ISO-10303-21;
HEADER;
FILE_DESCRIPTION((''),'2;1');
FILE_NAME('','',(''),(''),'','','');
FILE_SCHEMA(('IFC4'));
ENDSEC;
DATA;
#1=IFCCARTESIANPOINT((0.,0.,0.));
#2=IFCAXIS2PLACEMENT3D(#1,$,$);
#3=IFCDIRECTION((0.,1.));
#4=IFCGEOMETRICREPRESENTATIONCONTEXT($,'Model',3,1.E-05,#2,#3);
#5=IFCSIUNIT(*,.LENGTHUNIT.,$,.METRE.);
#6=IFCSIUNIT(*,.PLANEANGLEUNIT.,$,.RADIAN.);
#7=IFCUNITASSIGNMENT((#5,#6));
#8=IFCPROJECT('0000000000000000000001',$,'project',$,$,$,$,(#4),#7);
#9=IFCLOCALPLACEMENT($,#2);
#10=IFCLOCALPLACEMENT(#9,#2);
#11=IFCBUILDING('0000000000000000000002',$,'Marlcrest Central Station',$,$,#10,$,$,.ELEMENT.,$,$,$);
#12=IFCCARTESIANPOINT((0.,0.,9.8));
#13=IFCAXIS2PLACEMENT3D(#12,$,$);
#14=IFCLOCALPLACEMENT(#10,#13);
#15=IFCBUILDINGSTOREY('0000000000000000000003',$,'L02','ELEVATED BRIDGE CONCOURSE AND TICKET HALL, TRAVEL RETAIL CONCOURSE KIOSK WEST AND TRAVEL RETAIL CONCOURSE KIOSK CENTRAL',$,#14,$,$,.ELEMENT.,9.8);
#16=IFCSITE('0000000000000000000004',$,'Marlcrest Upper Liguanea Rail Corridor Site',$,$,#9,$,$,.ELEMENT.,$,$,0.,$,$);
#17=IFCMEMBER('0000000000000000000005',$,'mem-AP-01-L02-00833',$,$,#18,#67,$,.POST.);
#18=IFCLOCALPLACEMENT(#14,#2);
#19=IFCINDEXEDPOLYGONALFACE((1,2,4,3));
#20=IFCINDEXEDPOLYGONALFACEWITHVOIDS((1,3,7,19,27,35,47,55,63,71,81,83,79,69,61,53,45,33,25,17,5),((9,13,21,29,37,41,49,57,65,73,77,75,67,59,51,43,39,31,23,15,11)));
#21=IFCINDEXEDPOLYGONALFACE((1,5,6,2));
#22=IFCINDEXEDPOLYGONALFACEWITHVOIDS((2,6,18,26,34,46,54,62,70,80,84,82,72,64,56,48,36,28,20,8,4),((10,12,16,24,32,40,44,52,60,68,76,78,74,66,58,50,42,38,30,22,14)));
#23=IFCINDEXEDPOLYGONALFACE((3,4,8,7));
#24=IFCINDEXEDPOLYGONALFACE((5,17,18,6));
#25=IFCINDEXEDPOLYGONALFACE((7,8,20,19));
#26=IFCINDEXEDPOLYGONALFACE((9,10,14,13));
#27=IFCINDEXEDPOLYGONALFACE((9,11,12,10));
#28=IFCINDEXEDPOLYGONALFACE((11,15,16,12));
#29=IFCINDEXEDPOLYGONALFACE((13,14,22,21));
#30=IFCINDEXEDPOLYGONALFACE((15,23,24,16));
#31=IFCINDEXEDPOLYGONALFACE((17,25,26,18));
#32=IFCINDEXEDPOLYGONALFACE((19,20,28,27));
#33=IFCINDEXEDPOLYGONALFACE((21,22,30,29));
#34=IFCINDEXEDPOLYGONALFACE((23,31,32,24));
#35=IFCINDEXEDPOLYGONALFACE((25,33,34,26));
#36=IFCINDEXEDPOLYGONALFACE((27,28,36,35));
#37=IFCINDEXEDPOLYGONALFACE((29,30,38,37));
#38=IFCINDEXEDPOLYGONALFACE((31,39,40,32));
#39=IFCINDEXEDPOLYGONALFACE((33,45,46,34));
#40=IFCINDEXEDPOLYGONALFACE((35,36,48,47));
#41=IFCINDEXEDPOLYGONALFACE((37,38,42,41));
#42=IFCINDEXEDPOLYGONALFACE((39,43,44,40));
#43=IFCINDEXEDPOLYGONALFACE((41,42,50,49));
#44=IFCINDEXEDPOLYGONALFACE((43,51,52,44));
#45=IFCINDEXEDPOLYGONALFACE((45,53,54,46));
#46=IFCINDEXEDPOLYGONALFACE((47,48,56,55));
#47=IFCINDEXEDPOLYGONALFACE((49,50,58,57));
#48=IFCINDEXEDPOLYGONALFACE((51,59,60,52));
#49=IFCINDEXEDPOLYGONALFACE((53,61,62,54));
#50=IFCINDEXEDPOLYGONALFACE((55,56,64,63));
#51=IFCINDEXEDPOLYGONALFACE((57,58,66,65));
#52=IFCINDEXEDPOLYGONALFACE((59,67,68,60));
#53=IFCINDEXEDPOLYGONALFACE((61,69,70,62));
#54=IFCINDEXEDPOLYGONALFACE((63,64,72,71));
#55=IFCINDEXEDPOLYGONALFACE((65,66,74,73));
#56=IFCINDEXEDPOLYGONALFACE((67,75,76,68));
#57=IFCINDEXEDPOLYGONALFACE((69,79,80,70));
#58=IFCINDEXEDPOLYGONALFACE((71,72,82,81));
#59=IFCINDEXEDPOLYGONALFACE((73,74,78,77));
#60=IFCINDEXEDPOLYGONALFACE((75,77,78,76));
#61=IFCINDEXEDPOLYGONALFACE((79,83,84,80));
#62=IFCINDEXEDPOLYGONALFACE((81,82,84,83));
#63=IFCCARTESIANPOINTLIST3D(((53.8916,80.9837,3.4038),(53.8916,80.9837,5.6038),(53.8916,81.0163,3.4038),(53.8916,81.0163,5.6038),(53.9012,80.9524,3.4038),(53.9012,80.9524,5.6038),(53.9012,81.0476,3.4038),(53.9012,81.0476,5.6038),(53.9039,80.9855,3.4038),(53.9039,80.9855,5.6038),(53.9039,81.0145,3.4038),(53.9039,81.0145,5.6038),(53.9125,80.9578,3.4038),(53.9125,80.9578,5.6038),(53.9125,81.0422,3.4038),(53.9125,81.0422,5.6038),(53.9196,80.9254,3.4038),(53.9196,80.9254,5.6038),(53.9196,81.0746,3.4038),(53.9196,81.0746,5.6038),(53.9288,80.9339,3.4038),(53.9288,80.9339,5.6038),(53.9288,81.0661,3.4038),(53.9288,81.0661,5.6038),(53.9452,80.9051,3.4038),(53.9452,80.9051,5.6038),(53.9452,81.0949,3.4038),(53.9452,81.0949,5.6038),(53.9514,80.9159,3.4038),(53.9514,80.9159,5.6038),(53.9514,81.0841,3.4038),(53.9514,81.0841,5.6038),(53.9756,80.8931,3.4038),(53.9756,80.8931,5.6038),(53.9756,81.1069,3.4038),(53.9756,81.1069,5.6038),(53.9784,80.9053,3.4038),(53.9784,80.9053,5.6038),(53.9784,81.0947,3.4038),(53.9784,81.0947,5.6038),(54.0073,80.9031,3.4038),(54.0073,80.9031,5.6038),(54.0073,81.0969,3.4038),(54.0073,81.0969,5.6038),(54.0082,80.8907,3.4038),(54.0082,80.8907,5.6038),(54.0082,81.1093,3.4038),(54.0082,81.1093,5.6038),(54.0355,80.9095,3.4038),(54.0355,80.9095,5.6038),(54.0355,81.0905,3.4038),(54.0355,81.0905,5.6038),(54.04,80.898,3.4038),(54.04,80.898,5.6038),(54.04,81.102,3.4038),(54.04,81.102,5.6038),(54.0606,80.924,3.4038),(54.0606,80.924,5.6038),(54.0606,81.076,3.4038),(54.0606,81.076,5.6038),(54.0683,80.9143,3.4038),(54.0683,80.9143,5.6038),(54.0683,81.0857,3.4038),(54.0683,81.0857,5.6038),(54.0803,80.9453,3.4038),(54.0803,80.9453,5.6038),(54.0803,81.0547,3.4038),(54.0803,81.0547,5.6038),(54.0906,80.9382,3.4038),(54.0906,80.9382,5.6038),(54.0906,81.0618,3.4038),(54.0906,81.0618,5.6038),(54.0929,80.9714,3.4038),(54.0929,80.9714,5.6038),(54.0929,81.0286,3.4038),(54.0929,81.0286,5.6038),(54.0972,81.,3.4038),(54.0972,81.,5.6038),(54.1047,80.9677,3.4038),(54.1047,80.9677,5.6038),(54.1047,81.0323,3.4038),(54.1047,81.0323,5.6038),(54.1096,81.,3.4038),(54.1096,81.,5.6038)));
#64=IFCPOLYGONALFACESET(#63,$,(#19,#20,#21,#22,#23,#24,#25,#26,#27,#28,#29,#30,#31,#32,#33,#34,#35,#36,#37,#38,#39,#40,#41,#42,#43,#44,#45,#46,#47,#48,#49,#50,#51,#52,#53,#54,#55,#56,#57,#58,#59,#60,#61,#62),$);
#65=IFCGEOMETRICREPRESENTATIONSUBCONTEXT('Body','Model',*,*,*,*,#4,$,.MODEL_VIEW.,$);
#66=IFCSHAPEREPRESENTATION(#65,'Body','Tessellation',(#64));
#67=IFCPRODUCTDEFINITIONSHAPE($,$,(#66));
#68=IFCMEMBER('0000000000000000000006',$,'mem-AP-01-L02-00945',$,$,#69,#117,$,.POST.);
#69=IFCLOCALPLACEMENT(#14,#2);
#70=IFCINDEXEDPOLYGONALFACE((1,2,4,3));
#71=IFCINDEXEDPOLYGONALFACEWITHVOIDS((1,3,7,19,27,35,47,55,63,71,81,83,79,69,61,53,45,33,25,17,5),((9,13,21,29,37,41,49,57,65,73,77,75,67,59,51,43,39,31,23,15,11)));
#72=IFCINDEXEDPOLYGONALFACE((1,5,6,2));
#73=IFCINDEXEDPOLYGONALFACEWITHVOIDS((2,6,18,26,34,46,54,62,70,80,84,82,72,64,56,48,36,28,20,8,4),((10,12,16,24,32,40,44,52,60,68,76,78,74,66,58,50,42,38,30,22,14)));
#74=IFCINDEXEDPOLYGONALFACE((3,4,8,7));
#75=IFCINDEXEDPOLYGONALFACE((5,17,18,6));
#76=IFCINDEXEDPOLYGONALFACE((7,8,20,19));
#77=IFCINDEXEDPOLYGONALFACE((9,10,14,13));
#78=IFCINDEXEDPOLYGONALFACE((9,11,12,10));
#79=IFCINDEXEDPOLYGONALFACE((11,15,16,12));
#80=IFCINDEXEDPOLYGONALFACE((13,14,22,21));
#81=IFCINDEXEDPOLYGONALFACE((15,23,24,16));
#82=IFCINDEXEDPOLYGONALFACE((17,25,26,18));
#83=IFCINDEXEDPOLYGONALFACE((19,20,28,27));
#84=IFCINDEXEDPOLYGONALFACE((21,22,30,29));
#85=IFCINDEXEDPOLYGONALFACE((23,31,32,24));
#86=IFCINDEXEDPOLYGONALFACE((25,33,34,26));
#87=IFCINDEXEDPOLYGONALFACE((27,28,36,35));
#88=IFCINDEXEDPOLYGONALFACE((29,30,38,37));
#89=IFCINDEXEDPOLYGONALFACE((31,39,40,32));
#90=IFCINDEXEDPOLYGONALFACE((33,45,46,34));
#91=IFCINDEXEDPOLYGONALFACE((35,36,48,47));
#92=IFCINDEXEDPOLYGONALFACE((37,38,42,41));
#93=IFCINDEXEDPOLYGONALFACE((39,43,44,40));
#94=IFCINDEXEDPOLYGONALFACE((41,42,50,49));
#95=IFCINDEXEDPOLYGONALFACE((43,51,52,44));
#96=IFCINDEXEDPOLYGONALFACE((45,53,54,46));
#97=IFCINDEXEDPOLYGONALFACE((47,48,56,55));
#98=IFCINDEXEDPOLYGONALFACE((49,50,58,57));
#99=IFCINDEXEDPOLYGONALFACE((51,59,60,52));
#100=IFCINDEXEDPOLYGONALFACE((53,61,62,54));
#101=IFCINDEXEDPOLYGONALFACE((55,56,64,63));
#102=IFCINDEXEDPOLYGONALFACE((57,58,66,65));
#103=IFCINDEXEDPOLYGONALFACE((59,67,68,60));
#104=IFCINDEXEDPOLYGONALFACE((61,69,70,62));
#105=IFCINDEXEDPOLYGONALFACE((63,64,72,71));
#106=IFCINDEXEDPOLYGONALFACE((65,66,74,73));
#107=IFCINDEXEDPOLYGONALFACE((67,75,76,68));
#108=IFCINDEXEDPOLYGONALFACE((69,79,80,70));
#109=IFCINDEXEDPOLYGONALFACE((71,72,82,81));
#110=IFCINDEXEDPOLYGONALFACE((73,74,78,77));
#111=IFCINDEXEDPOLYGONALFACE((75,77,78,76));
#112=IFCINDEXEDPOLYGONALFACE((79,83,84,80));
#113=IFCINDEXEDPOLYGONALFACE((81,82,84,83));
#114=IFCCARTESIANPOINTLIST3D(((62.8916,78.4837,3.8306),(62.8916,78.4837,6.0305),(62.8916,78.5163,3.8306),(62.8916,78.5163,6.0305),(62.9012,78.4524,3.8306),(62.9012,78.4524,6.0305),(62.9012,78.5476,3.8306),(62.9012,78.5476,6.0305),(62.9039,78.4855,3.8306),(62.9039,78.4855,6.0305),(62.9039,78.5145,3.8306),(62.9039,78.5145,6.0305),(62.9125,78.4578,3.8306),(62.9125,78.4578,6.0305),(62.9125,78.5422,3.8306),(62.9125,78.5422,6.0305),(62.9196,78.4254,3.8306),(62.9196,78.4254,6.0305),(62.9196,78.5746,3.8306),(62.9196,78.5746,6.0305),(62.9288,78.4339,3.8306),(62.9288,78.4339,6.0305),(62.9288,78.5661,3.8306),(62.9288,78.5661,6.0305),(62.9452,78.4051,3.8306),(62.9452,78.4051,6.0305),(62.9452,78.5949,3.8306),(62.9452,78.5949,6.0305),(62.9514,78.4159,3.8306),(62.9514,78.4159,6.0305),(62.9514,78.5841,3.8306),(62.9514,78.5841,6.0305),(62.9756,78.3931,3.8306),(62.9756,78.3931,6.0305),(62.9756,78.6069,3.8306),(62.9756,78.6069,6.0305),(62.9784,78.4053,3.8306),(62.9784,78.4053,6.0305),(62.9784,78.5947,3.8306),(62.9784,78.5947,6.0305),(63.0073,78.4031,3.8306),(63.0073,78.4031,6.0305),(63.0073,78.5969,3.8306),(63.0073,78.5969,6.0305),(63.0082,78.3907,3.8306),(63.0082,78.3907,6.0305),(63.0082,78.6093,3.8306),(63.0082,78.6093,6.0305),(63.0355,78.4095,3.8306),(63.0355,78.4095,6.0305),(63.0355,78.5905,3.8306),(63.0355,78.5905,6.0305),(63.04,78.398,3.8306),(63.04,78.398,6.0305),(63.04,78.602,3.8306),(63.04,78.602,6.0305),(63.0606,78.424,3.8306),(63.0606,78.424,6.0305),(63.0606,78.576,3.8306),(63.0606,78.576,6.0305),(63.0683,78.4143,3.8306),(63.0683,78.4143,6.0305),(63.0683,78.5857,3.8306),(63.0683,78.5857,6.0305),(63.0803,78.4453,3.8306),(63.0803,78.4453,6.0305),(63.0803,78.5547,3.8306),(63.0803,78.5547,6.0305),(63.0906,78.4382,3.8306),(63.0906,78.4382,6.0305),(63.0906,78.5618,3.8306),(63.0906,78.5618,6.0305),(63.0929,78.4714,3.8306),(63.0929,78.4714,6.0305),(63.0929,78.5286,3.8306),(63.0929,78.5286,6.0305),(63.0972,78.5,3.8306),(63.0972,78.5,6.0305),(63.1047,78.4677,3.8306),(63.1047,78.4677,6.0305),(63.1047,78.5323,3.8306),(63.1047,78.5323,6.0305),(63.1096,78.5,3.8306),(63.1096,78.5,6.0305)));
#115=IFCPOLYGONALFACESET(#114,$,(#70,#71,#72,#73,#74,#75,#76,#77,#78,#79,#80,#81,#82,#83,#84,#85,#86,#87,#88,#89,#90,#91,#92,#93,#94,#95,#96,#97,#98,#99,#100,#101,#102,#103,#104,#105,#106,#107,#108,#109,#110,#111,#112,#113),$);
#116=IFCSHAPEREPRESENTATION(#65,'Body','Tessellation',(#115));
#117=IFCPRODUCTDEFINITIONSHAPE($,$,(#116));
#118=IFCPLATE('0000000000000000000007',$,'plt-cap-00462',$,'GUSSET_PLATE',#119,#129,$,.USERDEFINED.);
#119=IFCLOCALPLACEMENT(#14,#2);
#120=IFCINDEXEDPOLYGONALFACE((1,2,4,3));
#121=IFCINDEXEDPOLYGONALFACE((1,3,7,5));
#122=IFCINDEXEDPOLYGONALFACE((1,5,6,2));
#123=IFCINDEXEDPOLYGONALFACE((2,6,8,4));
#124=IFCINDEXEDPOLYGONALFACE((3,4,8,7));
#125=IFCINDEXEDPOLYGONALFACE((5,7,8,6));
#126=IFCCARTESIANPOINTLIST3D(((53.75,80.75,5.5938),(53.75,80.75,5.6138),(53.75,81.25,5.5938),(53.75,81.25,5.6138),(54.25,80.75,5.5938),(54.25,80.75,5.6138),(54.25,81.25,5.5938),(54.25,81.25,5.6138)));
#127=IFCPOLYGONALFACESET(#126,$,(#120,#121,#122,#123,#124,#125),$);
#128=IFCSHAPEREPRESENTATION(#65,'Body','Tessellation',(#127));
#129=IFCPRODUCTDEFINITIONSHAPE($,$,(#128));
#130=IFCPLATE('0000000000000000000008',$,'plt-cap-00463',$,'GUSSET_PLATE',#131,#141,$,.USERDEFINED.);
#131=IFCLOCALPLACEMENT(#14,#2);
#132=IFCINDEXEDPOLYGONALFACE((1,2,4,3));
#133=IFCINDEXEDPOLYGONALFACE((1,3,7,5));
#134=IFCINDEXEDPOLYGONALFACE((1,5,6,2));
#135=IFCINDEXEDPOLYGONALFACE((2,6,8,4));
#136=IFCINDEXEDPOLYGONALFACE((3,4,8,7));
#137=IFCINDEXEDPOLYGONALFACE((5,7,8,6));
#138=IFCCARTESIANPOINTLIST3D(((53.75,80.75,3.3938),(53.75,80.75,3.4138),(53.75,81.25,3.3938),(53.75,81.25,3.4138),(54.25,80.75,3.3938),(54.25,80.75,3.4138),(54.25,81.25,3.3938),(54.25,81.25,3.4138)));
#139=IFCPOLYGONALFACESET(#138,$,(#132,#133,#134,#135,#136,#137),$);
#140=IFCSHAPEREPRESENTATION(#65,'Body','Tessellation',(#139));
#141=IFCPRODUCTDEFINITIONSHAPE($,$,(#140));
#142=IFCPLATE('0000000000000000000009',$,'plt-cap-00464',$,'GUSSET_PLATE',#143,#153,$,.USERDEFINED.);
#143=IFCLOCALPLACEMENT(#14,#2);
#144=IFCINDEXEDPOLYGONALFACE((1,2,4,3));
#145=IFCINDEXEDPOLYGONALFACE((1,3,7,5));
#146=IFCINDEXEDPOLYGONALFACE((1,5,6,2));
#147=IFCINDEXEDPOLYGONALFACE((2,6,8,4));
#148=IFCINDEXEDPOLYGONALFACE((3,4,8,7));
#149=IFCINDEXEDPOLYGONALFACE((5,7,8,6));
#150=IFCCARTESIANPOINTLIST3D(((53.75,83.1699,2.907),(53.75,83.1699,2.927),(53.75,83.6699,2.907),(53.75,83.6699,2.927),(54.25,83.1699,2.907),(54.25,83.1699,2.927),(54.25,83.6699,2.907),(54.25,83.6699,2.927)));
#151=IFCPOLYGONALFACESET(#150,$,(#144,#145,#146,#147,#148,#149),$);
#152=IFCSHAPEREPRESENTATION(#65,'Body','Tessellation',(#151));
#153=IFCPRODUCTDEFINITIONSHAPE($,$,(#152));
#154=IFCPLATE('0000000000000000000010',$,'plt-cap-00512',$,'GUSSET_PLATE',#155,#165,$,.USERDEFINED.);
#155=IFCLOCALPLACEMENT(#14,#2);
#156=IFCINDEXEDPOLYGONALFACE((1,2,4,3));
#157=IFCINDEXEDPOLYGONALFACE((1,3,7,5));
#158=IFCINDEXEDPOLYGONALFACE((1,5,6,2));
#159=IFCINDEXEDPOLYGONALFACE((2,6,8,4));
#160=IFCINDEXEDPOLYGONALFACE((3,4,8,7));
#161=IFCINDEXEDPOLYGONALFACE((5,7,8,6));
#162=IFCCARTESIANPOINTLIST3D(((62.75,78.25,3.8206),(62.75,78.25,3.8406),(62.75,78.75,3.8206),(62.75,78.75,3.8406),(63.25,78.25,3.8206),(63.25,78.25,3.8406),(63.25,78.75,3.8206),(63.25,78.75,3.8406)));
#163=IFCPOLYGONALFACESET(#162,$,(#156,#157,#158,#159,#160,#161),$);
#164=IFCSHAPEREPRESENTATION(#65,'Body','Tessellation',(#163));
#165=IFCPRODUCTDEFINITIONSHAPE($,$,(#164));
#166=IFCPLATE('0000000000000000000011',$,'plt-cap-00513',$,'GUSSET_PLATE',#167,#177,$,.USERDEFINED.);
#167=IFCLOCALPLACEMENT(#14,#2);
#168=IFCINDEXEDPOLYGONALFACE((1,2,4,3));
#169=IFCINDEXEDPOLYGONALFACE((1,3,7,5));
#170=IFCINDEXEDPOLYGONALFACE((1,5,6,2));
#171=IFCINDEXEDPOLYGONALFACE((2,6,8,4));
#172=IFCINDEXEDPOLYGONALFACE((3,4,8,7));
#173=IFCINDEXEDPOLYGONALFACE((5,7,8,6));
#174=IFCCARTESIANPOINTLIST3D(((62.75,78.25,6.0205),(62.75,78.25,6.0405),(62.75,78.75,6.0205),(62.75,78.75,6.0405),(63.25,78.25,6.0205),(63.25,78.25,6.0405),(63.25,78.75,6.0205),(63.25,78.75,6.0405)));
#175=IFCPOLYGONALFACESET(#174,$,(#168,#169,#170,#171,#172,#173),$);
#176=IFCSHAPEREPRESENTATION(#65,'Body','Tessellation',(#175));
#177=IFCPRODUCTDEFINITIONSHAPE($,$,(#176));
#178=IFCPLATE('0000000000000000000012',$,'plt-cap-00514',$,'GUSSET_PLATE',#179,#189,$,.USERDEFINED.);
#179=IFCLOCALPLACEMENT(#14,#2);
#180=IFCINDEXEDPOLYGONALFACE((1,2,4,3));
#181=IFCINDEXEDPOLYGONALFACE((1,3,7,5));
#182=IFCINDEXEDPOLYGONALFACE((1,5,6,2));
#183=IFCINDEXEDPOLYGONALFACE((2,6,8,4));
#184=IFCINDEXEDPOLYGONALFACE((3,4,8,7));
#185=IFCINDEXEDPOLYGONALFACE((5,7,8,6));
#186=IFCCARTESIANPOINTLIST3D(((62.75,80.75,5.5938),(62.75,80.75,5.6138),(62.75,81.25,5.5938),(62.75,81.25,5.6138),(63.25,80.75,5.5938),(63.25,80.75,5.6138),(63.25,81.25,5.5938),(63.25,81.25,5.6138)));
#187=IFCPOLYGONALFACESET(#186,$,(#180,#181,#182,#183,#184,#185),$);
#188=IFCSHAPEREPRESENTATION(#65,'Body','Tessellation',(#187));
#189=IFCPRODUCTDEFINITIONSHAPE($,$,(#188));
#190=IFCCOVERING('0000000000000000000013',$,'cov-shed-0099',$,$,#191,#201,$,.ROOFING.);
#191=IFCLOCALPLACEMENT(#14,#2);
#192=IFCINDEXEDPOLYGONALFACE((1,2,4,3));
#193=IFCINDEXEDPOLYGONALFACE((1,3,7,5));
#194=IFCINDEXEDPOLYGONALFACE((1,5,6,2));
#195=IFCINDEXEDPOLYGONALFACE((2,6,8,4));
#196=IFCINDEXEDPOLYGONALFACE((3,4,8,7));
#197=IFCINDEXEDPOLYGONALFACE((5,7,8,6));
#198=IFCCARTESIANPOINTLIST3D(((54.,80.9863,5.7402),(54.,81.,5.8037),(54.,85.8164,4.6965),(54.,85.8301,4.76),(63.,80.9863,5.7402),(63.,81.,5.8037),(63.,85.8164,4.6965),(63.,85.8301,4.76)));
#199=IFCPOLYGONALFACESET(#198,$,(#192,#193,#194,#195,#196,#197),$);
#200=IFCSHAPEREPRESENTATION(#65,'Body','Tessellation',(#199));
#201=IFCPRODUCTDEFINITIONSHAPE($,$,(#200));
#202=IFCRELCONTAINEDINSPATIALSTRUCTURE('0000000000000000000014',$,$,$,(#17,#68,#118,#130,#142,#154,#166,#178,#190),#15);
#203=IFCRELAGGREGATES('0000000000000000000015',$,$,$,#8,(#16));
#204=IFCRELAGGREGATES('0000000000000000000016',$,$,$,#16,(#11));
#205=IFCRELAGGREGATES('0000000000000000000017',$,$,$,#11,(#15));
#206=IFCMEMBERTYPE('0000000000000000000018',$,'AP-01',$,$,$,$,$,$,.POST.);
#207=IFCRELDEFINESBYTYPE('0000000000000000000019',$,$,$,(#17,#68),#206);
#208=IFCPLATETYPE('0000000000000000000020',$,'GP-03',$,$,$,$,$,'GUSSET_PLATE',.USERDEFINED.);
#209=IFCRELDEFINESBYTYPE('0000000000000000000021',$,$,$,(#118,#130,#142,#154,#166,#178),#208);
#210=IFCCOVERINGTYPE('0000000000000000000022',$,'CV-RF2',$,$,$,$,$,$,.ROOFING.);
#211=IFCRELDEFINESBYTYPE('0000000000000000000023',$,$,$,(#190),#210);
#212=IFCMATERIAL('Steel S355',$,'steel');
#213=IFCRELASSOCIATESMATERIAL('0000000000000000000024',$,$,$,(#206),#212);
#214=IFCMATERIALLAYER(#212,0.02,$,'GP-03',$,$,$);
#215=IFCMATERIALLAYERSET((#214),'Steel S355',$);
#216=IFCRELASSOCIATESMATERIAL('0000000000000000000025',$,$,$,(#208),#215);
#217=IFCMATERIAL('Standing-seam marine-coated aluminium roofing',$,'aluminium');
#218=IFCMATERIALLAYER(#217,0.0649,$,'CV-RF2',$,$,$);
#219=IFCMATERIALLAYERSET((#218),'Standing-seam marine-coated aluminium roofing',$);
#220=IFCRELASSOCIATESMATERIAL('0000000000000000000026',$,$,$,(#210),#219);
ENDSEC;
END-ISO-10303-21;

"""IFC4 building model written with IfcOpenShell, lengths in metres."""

from ifc_helpers import new_model, si_unit, direction, frame, origin, origin_2d, place, context, subcontext, project, spatial, polyline, rectangle, hollow_circle, outline, extrude, material, layer, layer_set, material_profile, profile_set, type_object, element, save


model = new_model("IFC4")

# Units and contexts
model_context = context("Model", 3, precision=1e-05, world=origin(), true_north=direction((0.0, 1.0)))
body_context = subcontext(model_context, "Body", "Model", "MODEL_VIEW")
ifc_project = project(units=[si_unit("LENGTHUNIT", "METRE"), si_unit("PLANEANGLEUNIT", "RADIAN")], contexts=[model_context])

# Site, building, storey
site_placement = place(None, origin())
site = spatial("IfcSite", under=ifc_project, at=site_placement, Name="Marlcrest Upper Liguanea Rail Corridor Site", CompositionType="ELEMENT", RefElevation=0.0)
building_placement = place(site_placement, origin())
building = spatial("IfcBuilding", under=site, at=building_placement, Name="Marlcrest Central Station", CompositionType="ELEMENT")
storey_placement = place(building_placement, frame((0.0, 0.0, 9.8)))
storey = spatial("IfcBuildingStorey", under=building, at=storey_placement, Name="L02", Description="ELEVATED BRIDGE CONCOURSE AND TICKET HALL, TRAVEL RETAIL CONCOURSE KIOSK WEST AND TRAVEL RETAIL CONCOURSE KIOSK CENTRAL", CompositionType="ELEMENT", Elevation=9.8)

# Members
ifc_material_1 = material(Name="Steel S355", Category="steel")
ifc_material_profile_1 = material_profile(ifc_material_1, hollow_circle(Radius=0.1096, WallThickness=0.0125, at=origin_2d()), Name="CHS 219.1x12.5")
ifc_profile_set_1 = profile_set([ifc_material_profile_1], Name="Steel S355")
member_type_1 = type_object("IfcMemberType", Name="AP-01", PredefinedType="POST", material=ifc_profile_set_1)
for number, where, z_axis, x_axis, name in (
    (1, (54.0, 81.0, 3.4038), (0.0, 0.0, 1.0), (1.0, 0.0, 0.0), "mem-AP-01-L02-00833"),
    (2, (63.0, 78.5, 3.8306), (0.0, 0.0, 1.0), (1.0, 0.0, 0.0), "mem-AP-01-L02-00945"),
):
    element("IfcMember", number, at=place(storey_placement, frame(where, z_axis=z_axis, x_axis=x_axis)), inside=storey, type_object=member_type_1, Name=name, PredefinedType="POST", context=body_context, shape_type="SweptSolid", body=[
        extrude(hollow_circle(Radius=0.1096, WallThickness=0.0125, at=origin_2d()), origin(), (0.0, 0.0, 1.0), 2.2),
    ])

# Plates
ifc_layer_1 = layer(ifc_material_1, 0.02, Name="GP-03")
ifc_layer_set_1 = layer_set([ifc_layer_1], Name="Steel S355")
plate_type = type_object("IfcPlateType", Name="GP-03", ElementType="GUSSET_PLATE", PredefinedType="USERDEFINED", material=ifc_layer_set_1)
for number, where, z_axis, x_axis, name in (
    (3, (54.0, 81.0, 5.5938), (0.0, 0.0, 1.0), (1.0, 0.0, 0.0), "plt-cap-00462"),
    (4, (54.0, 81.0, 3.3938), (0.0, 0.0, 1.0), (1.0, 0.0, 0.0), "plt-cap-00463"),
    (5, (54.0, 83.4199, 2.907), (0.0, 0.0, 1.0), (1.0, 0.0, 0.0), "plt-cap-00464"),
    (6, (63.0, 78.5, 3.8206), (0.0, 0.0, 1.0), (1.0, 0.0, 0.0), "plt-cap-00512"),
    (7, (63.0, 78.5, 6.0205), (0.0, 0.0, 1.0), (1.0, 0.0, 0.0), "plt-cap-00513"),
    (8, (63.0, 81.0, 5.5938), (0.0, 0.0, 1.0), (1.0, 0.0, 0.0), "plt-cap-00514"),
):
    element("IfcPlate", number, at=place(storey_placement, frame(where, z_axis=z_axis, x_axis=x_axis)), inside=storey, type_object=plate_type, Name=name, ObjectType="GUSSET_PLATE", PredefinedType="USERDEFINED", context=body_context, shape_type="SweptSolid", body=[
        extrude(rectangle(XDim=0.5, YDim=0.5, at=origin_2d()), origin(), (0.0, 0.0, 1.0), 0.02),
    ])

# Covering
ifc_material_2 = material(Name="Standing-seam marine-coated aluminium roofing", Category="aluminium")
ifc_layer_2 = layer(ifc_material_2, 0.0649, Name="CV-RF2")
ifc_layer_set_2 = layer_set([ifc_layer_2], Name="Standing-seam marine-coated aluminium roofing")
covering_type = type_object("IfcCoveringType", Name="CV-RF2", PredefinedType="ROOFING", material=ifc_layer_set_2)
covering_placement = place(storey_placement, frame((54.0, 81.0, 5.8037), z_axis=(0.0, 0.211209, 0.977441), x_axis=(1.0, 0.0, 0.0)))
element("IfcCovering", 9, at=covering_placement, inside=storey, type_object=covering_type, Name="cov-shed-0099", PredefinedType="ROOFING", context=body_context, shape_type="SweptSolid", body=[
    extrude(outline(polyline([(0.0, 0.0), (9.0, 0.0), (9.0, 4.9416), (0.0, 4.9416), (0.0, 0.0)])), origin(), (0.0, 0.0, -1.0), 0.0649),
])

save(model, "model.ifc")
